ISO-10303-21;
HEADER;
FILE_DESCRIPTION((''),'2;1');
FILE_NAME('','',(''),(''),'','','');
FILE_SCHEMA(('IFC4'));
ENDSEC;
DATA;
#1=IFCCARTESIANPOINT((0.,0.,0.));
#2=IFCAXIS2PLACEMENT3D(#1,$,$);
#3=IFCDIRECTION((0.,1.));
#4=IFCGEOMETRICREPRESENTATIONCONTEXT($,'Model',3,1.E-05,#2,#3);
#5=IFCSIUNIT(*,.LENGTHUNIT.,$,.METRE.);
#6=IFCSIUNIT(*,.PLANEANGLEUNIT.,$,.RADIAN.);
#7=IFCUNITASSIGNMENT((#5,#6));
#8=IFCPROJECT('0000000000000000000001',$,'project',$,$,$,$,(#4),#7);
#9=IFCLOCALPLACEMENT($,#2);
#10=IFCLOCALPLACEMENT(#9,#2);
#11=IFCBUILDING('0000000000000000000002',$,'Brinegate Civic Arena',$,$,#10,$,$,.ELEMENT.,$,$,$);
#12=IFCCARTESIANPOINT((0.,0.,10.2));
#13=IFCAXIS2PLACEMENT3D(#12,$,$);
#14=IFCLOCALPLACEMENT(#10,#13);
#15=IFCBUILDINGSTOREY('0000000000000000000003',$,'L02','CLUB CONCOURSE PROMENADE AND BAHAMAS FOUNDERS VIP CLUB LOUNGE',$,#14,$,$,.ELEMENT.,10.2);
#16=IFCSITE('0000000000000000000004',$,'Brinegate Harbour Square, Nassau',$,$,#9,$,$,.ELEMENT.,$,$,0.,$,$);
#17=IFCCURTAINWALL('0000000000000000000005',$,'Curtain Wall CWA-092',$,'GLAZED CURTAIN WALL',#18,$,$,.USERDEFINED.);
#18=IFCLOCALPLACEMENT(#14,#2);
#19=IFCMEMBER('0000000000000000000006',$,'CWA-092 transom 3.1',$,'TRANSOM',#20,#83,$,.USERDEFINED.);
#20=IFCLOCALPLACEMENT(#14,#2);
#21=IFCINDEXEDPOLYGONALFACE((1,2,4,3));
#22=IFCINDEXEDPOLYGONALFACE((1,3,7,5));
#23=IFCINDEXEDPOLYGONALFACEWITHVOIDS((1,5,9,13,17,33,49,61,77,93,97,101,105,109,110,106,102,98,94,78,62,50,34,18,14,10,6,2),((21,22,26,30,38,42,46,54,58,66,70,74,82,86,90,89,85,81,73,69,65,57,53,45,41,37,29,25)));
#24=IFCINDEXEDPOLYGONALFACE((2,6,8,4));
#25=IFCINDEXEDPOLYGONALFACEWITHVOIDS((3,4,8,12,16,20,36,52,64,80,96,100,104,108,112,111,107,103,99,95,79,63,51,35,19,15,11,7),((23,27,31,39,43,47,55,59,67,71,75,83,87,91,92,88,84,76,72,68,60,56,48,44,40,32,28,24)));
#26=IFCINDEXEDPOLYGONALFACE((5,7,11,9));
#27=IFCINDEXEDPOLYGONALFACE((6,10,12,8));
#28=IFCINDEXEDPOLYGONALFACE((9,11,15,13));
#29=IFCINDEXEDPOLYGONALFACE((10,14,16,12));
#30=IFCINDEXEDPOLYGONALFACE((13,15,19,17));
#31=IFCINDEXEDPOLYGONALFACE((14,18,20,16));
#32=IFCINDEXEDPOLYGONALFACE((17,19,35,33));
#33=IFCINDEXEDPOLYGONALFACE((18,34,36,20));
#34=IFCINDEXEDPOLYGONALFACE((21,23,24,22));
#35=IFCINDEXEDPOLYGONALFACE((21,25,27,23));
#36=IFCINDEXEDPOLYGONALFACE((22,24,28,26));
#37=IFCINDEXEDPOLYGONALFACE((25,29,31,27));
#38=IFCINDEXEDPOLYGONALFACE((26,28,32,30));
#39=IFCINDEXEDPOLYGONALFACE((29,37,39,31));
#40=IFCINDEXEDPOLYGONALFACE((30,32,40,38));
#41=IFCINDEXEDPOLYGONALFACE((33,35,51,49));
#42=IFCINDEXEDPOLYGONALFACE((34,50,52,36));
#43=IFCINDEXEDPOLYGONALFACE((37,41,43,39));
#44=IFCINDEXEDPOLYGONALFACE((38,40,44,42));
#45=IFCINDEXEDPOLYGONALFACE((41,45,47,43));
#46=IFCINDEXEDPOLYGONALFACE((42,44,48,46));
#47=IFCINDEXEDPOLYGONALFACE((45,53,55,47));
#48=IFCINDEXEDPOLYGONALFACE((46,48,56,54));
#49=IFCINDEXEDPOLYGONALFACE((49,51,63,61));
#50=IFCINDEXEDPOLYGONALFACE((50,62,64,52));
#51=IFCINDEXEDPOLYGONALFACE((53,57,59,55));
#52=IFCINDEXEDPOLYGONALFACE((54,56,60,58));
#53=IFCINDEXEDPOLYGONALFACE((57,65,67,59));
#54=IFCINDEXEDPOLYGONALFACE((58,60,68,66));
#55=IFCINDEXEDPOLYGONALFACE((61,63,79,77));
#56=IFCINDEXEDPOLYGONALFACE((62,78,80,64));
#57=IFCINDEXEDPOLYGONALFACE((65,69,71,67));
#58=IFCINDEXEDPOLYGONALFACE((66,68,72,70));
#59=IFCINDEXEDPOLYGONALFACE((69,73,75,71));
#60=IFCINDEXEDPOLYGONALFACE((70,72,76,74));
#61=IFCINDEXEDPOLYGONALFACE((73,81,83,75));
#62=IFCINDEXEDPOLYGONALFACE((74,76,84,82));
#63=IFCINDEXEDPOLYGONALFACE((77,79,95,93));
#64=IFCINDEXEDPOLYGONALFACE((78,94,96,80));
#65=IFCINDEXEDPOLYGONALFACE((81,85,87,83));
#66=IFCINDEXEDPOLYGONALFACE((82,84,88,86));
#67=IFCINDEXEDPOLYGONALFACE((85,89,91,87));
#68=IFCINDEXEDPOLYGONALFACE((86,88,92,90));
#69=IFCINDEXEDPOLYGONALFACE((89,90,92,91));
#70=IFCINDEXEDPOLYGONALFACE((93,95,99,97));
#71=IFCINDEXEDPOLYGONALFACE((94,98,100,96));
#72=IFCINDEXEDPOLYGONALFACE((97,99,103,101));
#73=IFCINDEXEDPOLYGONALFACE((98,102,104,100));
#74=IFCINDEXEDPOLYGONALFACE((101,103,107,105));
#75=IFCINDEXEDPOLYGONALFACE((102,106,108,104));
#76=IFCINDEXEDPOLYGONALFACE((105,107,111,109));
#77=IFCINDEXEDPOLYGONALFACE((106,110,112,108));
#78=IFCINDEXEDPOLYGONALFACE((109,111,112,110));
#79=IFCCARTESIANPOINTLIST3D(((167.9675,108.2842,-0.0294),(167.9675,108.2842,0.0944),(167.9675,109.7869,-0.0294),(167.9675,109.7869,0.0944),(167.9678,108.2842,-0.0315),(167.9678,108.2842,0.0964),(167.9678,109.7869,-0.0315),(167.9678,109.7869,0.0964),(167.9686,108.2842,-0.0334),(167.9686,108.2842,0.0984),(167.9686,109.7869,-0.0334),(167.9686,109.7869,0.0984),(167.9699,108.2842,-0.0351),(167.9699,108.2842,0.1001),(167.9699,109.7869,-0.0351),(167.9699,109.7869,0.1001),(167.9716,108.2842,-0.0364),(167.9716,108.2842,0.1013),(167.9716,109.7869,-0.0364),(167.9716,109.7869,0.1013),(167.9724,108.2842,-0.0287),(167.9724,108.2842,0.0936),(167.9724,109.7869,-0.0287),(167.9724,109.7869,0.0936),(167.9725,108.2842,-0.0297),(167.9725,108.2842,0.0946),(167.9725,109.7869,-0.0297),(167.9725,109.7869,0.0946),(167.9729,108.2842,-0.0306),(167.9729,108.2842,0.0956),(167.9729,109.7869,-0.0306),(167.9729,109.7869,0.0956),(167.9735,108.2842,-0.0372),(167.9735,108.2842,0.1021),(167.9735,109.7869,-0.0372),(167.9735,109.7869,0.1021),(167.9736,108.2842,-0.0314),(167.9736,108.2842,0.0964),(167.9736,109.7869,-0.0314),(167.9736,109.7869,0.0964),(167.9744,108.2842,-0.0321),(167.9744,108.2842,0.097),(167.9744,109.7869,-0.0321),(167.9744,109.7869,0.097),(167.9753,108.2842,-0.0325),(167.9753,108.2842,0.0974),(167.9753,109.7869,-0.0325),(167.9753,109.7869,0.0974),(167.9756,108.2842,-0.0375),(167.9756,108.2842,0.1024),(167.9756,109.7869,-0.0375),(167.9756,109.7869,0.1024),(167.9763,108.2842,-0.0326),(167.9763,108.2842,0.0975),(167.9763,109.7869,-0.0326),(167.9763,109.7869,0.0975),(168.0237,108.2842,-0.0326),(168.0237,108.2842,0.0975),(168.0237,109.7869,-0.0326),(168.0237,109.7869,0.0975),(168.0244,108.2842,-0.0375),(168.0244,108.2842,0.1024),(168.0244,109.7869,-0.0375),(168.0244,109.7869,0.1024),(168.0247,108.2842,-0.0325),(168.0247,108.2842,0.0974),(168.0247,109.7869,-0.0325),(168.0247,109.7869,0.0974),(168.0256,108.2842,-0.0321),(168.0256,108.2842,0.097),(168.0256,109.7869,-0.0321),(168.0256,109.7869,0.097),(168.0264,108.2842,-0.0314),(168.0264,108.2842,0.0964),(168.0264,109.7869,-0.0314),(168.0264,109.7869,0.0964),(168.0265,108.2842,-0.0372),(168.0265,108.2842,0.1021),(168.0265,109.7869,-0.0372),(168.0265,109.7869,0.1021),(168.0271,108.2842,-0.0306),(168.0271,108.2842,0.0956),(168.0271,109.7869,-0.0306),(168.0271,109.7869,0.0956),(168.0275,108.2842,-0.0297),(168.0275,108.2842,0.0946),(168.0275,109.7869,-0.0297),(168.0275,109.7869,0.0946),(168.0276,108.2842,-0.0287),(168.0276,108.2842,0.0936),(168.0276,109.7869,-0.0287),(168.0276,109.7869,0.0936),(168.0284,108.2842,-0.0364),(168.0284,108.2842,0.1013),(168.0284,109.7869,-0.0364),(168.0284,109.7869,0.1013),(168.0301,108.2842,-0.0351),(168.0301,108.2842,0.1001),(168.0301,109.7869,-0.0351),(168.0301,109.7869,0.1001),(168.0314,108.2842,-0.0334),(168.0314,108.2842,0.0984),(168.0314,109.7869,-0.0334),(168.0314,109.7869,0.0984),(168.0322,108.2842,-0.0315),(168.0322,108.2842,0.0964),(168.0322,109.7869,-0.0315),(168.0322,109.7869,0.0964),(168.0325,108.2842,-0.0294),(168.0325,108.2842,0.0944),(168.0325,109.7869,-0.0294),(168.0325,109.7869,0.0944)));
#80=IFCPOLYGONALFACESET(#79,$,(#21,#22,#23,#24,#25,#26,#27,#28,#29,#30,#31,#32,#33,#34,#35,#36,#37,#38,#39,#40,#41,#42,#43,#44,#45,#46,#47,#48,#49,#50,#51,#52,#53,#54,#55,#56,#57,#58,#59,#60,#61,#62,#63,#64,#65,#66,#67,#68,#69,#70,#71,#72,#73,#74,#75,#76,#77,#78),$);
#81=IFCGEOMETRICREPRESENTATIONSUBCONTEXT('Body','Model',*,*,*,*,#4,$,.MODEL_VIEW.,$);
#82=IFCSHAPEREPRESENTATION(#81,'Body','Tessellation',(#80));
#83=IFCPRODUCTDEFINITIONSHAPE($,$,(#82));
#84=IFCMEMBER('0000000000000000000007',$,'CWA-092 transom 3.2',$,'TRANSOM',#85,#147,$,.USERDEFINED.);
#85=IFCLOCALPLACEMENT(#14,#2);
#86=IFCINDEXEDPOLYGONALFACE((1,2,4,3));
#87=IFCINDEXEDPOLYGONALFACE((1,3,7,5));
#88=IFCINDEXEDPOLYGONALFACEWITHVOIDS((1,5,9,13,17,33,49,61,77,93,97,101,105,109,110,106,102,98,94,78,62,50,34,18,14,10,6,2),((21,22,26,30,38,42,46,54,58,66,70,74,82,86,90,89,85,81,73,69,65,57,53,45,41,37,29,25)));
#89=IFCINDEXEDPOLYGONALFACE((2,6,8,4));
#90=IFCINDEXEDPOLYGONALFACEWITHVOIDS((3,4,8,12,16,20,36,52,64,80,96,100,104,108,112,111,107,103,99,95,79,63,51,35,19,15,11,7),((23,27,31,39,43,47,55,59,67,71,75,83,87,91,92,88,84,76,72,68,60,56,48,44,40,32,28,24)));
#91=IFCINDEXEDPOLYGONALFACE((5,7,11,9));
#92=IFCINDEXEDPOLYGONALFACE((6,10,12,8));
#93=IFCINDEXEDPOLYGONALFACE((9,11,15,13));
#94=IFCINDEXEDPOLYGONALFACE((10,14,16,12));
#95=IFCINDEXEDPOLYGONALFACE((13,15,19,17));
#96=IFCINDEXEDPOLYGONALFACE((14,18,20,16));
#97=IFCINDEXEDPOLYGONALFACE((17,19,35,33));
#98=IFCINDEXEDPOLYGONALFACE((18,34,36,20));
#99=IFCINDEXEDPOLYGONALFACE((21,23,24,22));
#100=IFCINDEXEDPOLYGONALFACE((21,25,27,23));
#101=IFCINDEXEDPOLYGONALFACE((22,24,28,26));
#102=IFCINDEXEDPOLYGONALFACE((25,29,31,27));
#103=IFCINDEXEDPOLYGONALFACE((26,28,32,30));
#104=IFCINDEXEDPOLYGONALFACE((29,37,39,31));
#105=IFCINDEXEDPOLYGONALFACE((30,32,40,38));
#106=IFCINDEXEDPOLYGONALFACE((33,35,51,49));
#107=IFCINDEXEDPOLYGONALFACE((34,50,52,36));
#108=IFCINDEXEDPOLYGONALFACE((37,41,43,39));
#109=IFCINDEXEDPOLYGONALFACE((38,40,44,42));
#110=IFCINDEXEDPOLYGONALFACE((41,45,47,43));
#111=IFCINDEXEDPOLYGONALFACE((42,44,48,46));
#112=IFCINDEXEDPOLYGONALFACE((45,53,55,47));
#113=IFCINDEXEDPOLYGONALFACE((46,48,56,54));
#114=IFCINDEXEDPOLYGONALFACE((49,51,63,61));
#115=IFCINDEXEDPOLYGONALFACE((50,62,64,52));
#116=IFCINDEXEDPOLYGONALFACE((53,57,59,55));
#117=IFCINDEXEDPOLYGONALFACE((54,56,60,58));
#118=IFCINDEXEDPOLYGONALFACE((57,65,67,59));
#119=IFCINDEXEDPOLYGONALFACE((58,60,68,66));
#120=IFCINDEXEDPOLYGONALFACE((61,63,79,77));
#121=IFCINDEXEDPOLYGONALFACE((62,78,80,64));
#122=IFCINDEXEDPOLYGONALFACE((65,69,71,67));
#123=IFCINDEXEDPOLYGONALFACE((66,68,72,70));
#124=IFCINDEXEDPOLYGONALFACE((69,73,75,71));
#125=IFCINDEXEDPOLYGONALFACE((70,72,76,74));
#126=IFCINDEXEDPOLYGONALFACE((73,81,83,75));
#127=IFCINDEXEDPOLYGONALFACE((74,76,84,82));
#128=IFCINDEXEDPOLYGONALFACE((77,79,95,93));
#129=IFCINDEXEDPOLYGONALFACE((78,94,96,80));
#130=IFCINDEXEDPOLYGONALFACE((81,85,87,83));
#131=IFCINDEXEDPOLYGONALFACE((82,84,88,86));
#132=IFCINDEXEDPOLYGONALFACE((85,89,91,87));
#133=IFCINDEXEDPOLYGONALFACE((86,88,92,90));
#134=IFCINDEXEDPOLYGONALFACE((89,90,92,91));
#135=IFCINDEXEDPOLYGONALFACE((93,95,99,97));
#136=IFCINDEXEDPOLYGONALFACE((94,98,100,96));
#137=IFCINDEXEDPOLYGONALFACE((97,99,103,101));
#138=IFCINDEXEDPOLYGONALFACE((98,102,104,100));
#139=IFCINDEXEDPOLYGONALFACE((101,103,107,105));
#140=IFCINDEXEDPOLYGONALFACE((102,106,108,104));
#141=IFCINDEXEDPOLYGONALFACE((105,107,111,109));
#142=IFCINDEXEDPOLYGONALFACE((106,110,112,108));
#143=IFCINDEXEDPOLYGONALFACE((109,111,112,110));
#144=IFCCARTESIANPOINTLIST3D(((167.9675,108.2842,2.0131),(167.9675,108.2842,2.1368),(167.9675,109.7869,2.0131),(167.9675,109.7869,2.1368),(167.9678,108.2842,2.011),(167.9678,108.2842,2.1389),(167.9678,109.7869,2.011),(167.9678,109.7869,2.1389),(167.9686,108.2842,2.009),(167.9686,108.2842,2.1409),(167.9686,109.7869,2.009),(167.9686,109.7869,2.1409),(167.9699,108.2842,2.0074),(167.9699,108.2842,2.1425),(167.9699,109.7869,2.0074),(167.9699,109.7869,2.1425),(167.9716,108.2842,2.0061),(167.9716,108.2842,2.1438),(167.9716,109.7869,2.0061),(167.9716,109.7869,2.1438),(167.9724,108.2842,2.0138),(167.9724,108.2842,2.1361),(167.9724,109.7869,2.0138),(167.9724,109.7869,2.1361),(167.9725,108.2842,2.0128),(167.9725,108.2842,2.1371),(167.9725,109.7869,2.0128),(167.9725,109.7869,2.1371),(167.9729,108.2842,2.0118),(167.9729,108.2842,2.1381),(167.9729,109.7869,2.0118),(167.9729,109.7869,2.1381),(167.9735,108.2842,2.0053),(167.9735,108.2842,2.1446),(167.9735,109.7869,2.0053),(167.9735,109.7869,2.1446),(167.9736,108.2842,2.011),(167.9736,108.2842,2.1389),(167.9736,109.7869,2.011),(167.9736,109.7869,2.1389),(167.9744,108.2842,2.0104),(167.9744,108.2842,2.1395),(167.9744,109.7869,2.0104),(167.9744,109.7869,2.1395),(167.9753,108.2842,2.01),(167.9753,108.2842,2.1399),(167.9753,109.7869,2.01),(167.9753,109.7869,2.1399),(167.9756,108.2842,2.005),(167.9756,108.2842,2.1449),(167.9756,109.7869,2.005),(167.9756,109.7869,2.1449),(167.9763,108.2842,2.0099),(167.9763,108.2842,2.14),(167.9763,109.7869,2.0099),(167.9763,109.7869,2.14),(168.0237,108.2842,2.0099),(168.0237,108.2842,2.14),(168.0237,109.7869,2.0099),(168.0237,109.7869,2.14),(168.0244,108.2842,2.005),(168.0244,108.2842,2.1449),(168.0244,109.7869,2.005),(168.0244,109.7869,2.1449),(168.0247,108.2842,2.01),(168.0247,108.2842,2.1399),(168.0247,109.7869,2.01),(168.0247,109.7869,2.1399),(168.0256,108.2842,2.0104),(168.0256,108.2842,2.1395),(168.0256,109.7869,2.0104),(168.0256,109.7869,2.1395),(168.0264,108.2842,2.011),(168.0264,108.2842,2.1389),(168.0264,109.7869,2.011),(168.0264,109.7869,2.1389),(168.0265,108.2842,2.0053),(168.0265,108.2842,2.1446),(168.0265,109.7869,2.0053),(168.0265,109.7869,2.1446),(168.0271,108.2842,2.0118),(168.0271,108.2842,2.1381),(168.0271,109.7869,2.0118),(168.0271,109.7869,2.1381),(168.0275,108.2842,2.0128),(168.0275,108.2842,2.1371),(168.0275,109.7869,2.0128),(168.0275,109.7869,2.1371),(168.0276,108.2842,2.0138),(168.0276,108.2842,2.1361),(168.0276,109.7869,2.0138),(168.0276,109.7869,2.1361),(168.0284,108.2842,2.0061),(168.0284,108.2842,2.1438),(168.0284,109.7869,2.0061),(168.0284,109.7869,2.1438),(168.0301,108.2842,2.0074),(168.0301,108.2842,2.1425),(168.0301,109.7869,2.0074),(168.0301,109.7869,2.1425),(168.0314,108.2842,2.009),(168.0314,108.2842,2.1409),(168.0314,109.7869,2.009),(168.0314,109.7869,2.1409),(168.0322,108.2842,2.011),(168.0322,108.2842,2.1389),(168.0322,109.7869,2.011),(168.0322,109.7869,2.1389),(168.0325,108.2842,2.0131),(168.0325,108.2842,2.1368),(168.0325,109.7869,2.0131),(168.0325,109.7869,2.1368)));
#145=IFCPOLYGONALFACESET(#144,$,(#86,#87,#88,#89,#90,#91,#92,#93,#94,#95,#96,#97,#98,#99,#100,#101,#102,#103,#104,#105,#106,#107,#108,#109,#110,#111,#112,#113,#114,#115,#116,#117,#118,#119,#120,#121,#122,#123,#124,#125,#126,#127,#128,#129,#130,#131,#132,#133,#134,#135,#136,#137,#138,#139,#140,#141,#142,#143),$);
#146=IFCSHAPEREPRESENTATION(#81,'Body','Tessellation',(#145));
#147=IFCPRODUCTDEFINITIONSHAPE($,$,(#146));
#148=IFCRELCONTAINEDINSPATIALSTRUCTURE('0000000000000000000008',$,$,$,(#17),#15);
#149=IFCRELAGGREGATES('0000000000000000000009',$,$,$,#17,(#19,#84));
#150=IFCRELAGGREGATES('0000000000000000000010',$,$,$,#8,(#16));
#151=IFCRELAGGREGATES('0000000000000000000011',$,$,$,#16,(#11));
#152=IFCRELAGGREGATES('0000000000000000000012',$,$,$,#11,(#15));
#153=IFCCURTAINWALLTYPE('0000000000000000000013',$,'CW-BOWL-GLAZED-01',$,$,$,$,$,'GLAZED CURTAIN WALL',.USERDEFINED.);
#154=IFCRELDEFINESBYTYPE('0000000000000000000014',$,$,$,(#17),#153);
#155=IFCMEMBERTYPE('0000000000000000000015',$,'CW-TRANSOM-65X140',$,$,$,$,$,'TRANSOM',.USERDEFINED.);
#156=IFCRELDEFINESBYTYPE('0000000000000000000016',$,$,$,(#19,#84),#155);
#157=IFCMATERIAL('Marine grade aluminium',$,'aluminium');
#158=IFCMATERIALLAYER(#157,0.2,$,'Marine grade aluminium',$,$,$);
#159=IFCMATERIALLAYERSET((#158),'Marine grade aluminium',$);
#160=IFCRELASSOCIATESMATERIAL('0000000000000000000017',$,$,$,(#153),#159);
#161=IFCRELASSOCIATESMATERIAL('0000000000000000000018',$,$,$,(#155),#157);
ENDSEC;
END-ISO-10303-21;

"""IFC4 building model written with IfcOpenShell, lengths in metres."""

from ifc_helpers import new_model, si_unit, direction, frame, origin, origin_2d, place, context, subcontext, project, spatial, hollow_rectangle, extrude, material, layer, layer_set, material_profile, profile_set, type_object, element, aggregate, save


model = new_model("IFC4")

# Units and contexts
model_context = context("Model", 3, precision=1e-05, world=origin(), true_north=direction((0.0, 1.0)))
body_context = subcontext(model_context, "Body", "Model", "MODEL_VIEW")
ifc_project = project(units=[si_unit("LENGTHUNIT", "METRE"), si_unit("PLANEANGLEUNIT", "RADIAN")], contexts=[model_context])

# Site, building, storey
site_placement = place(None, origin())
site = spatial("IfcSite", under=ifc_project, at=site_placement, Name="Brinegate Harbour Square, Nassau", CompositionType="ELEMENT", RefElevation=0.0)
building_placement = place(site_placement, origin())
building = spatial("IfcBuilding", under=site, at=building_placement, Name="Brinegate Civic Arena", CompositionType="ELEMENT")
storey_placement = place(building_placement, frame((0.0, 0.0, 10.2)))
storey = spatial("IfcBuildingStorey", under=building, at=storey_placement, Name="L02", Description="CLUB CONCOURSE PROMENADE AND BAHAMAS FOUNDERS VIP CLUB LOUNGE", CompositionType="ELEMENT", Elevation=10.2)

# Curtain wall
ifc_material_1 = material(Name="Marine grade aluminium", Category="aluminium")
ifc_layer_1 = layer(ifc_material_1, 0.2, Name="Marine grade aluminium")
ifc_layer_set_1 = layer_set([ifc_layer_1], Name="Marine grade aluminium")
curtain_wall_type = type_object("IfcCurtainWallType", Name="CW-BOWL-GLAZED-01", ElementType="GLAZED CURTAIN WALL", PredefinedType="USERDEFINED", material=ifc_layer_set_1)
curtain_wall_1_placement = place(storey_placement, origin())
curtain_wall_1 = element("IfcCurtainWall", 1, at=curtain_wall_1_placement, inside=storey, type_object=curtain_wall_type, Name="Curtain Wall CWA-092", ObjectType="GLAZED CURTAIN WALL", PredefinedType="USERDEFINED")

# Members
ifc_material_profile_1 = material_profile(ifc_material_1, hollow_rectangle(XDim=0.0649, YDim=0.1399, WallThickness=0.0049, InnerFilletRadius=0.0039, OuterFilletRadius=0.0081, at=origin_2d()), Name="TRN65X140")
ifc_profile_set_1 = profile_set([ifc_material_profile_1], Name="Marine grade aluminium")
member_type_1 = type_object("IfcMemberType", Name="CW-TRANSOM-65X140", ElementType="TRANSOM", PredefinedType="USERDEFINED", material=ifc_profile_set_1)
member_1_placement = place(storey_placement, frame((168.0, 108.2842, 0.0325), z_axis=(0.0, 1.0, 0.0), x_axis=(-1.0, 0.0, 0.0)))
member_1 = element("IfcMember", 2, at=member_1_placement, type_object=member_type_1, Name="CWA-092 transom 3.1", ObjectType="TRANSOM", PredefinedType="USERDEFINED", context=body_context, shape_type="SweptSolid", body=[
    extrude(hollow_rectangle(XDim=0.0649, YDim=0.1399, WallThickness=0.0049, InnerFilletRadius=0.0039, OuterFilletRadius=0.0081, at=origin_2d()), origin(), (0.0, 0.0, 1.0), 1.5027),
])
member_2_placement = place(storey_placement, frame((168.0, 108.2842, 2.075), z_axis=(0.0, 1.0, 0.0), x_axis=(-1.0, 0.0, 0.0)))
member_2 = element("IfcMember", 3, at=member_2_placement, type_object=member_type_1, Name="CWA-092 transom 3.2", ObjectType="TRANSOM", PredefinedType="USERDEFINED", context=body_context, shape_type="SweptSolid", body=[
    extrude(hollow_rectangle(XDim=0.0649, YDim=0.1399, WallThickness=0.0049, InnerFilletRadius=0.0039, OuterFilletRadius=0.0081, at=origin_2d()), origin(), (0.0, 0.0, 1.0), 1.5027),
])

aggregate(curtain_wall_1, [member_1, member_2])

save(model, "model.ifc")
